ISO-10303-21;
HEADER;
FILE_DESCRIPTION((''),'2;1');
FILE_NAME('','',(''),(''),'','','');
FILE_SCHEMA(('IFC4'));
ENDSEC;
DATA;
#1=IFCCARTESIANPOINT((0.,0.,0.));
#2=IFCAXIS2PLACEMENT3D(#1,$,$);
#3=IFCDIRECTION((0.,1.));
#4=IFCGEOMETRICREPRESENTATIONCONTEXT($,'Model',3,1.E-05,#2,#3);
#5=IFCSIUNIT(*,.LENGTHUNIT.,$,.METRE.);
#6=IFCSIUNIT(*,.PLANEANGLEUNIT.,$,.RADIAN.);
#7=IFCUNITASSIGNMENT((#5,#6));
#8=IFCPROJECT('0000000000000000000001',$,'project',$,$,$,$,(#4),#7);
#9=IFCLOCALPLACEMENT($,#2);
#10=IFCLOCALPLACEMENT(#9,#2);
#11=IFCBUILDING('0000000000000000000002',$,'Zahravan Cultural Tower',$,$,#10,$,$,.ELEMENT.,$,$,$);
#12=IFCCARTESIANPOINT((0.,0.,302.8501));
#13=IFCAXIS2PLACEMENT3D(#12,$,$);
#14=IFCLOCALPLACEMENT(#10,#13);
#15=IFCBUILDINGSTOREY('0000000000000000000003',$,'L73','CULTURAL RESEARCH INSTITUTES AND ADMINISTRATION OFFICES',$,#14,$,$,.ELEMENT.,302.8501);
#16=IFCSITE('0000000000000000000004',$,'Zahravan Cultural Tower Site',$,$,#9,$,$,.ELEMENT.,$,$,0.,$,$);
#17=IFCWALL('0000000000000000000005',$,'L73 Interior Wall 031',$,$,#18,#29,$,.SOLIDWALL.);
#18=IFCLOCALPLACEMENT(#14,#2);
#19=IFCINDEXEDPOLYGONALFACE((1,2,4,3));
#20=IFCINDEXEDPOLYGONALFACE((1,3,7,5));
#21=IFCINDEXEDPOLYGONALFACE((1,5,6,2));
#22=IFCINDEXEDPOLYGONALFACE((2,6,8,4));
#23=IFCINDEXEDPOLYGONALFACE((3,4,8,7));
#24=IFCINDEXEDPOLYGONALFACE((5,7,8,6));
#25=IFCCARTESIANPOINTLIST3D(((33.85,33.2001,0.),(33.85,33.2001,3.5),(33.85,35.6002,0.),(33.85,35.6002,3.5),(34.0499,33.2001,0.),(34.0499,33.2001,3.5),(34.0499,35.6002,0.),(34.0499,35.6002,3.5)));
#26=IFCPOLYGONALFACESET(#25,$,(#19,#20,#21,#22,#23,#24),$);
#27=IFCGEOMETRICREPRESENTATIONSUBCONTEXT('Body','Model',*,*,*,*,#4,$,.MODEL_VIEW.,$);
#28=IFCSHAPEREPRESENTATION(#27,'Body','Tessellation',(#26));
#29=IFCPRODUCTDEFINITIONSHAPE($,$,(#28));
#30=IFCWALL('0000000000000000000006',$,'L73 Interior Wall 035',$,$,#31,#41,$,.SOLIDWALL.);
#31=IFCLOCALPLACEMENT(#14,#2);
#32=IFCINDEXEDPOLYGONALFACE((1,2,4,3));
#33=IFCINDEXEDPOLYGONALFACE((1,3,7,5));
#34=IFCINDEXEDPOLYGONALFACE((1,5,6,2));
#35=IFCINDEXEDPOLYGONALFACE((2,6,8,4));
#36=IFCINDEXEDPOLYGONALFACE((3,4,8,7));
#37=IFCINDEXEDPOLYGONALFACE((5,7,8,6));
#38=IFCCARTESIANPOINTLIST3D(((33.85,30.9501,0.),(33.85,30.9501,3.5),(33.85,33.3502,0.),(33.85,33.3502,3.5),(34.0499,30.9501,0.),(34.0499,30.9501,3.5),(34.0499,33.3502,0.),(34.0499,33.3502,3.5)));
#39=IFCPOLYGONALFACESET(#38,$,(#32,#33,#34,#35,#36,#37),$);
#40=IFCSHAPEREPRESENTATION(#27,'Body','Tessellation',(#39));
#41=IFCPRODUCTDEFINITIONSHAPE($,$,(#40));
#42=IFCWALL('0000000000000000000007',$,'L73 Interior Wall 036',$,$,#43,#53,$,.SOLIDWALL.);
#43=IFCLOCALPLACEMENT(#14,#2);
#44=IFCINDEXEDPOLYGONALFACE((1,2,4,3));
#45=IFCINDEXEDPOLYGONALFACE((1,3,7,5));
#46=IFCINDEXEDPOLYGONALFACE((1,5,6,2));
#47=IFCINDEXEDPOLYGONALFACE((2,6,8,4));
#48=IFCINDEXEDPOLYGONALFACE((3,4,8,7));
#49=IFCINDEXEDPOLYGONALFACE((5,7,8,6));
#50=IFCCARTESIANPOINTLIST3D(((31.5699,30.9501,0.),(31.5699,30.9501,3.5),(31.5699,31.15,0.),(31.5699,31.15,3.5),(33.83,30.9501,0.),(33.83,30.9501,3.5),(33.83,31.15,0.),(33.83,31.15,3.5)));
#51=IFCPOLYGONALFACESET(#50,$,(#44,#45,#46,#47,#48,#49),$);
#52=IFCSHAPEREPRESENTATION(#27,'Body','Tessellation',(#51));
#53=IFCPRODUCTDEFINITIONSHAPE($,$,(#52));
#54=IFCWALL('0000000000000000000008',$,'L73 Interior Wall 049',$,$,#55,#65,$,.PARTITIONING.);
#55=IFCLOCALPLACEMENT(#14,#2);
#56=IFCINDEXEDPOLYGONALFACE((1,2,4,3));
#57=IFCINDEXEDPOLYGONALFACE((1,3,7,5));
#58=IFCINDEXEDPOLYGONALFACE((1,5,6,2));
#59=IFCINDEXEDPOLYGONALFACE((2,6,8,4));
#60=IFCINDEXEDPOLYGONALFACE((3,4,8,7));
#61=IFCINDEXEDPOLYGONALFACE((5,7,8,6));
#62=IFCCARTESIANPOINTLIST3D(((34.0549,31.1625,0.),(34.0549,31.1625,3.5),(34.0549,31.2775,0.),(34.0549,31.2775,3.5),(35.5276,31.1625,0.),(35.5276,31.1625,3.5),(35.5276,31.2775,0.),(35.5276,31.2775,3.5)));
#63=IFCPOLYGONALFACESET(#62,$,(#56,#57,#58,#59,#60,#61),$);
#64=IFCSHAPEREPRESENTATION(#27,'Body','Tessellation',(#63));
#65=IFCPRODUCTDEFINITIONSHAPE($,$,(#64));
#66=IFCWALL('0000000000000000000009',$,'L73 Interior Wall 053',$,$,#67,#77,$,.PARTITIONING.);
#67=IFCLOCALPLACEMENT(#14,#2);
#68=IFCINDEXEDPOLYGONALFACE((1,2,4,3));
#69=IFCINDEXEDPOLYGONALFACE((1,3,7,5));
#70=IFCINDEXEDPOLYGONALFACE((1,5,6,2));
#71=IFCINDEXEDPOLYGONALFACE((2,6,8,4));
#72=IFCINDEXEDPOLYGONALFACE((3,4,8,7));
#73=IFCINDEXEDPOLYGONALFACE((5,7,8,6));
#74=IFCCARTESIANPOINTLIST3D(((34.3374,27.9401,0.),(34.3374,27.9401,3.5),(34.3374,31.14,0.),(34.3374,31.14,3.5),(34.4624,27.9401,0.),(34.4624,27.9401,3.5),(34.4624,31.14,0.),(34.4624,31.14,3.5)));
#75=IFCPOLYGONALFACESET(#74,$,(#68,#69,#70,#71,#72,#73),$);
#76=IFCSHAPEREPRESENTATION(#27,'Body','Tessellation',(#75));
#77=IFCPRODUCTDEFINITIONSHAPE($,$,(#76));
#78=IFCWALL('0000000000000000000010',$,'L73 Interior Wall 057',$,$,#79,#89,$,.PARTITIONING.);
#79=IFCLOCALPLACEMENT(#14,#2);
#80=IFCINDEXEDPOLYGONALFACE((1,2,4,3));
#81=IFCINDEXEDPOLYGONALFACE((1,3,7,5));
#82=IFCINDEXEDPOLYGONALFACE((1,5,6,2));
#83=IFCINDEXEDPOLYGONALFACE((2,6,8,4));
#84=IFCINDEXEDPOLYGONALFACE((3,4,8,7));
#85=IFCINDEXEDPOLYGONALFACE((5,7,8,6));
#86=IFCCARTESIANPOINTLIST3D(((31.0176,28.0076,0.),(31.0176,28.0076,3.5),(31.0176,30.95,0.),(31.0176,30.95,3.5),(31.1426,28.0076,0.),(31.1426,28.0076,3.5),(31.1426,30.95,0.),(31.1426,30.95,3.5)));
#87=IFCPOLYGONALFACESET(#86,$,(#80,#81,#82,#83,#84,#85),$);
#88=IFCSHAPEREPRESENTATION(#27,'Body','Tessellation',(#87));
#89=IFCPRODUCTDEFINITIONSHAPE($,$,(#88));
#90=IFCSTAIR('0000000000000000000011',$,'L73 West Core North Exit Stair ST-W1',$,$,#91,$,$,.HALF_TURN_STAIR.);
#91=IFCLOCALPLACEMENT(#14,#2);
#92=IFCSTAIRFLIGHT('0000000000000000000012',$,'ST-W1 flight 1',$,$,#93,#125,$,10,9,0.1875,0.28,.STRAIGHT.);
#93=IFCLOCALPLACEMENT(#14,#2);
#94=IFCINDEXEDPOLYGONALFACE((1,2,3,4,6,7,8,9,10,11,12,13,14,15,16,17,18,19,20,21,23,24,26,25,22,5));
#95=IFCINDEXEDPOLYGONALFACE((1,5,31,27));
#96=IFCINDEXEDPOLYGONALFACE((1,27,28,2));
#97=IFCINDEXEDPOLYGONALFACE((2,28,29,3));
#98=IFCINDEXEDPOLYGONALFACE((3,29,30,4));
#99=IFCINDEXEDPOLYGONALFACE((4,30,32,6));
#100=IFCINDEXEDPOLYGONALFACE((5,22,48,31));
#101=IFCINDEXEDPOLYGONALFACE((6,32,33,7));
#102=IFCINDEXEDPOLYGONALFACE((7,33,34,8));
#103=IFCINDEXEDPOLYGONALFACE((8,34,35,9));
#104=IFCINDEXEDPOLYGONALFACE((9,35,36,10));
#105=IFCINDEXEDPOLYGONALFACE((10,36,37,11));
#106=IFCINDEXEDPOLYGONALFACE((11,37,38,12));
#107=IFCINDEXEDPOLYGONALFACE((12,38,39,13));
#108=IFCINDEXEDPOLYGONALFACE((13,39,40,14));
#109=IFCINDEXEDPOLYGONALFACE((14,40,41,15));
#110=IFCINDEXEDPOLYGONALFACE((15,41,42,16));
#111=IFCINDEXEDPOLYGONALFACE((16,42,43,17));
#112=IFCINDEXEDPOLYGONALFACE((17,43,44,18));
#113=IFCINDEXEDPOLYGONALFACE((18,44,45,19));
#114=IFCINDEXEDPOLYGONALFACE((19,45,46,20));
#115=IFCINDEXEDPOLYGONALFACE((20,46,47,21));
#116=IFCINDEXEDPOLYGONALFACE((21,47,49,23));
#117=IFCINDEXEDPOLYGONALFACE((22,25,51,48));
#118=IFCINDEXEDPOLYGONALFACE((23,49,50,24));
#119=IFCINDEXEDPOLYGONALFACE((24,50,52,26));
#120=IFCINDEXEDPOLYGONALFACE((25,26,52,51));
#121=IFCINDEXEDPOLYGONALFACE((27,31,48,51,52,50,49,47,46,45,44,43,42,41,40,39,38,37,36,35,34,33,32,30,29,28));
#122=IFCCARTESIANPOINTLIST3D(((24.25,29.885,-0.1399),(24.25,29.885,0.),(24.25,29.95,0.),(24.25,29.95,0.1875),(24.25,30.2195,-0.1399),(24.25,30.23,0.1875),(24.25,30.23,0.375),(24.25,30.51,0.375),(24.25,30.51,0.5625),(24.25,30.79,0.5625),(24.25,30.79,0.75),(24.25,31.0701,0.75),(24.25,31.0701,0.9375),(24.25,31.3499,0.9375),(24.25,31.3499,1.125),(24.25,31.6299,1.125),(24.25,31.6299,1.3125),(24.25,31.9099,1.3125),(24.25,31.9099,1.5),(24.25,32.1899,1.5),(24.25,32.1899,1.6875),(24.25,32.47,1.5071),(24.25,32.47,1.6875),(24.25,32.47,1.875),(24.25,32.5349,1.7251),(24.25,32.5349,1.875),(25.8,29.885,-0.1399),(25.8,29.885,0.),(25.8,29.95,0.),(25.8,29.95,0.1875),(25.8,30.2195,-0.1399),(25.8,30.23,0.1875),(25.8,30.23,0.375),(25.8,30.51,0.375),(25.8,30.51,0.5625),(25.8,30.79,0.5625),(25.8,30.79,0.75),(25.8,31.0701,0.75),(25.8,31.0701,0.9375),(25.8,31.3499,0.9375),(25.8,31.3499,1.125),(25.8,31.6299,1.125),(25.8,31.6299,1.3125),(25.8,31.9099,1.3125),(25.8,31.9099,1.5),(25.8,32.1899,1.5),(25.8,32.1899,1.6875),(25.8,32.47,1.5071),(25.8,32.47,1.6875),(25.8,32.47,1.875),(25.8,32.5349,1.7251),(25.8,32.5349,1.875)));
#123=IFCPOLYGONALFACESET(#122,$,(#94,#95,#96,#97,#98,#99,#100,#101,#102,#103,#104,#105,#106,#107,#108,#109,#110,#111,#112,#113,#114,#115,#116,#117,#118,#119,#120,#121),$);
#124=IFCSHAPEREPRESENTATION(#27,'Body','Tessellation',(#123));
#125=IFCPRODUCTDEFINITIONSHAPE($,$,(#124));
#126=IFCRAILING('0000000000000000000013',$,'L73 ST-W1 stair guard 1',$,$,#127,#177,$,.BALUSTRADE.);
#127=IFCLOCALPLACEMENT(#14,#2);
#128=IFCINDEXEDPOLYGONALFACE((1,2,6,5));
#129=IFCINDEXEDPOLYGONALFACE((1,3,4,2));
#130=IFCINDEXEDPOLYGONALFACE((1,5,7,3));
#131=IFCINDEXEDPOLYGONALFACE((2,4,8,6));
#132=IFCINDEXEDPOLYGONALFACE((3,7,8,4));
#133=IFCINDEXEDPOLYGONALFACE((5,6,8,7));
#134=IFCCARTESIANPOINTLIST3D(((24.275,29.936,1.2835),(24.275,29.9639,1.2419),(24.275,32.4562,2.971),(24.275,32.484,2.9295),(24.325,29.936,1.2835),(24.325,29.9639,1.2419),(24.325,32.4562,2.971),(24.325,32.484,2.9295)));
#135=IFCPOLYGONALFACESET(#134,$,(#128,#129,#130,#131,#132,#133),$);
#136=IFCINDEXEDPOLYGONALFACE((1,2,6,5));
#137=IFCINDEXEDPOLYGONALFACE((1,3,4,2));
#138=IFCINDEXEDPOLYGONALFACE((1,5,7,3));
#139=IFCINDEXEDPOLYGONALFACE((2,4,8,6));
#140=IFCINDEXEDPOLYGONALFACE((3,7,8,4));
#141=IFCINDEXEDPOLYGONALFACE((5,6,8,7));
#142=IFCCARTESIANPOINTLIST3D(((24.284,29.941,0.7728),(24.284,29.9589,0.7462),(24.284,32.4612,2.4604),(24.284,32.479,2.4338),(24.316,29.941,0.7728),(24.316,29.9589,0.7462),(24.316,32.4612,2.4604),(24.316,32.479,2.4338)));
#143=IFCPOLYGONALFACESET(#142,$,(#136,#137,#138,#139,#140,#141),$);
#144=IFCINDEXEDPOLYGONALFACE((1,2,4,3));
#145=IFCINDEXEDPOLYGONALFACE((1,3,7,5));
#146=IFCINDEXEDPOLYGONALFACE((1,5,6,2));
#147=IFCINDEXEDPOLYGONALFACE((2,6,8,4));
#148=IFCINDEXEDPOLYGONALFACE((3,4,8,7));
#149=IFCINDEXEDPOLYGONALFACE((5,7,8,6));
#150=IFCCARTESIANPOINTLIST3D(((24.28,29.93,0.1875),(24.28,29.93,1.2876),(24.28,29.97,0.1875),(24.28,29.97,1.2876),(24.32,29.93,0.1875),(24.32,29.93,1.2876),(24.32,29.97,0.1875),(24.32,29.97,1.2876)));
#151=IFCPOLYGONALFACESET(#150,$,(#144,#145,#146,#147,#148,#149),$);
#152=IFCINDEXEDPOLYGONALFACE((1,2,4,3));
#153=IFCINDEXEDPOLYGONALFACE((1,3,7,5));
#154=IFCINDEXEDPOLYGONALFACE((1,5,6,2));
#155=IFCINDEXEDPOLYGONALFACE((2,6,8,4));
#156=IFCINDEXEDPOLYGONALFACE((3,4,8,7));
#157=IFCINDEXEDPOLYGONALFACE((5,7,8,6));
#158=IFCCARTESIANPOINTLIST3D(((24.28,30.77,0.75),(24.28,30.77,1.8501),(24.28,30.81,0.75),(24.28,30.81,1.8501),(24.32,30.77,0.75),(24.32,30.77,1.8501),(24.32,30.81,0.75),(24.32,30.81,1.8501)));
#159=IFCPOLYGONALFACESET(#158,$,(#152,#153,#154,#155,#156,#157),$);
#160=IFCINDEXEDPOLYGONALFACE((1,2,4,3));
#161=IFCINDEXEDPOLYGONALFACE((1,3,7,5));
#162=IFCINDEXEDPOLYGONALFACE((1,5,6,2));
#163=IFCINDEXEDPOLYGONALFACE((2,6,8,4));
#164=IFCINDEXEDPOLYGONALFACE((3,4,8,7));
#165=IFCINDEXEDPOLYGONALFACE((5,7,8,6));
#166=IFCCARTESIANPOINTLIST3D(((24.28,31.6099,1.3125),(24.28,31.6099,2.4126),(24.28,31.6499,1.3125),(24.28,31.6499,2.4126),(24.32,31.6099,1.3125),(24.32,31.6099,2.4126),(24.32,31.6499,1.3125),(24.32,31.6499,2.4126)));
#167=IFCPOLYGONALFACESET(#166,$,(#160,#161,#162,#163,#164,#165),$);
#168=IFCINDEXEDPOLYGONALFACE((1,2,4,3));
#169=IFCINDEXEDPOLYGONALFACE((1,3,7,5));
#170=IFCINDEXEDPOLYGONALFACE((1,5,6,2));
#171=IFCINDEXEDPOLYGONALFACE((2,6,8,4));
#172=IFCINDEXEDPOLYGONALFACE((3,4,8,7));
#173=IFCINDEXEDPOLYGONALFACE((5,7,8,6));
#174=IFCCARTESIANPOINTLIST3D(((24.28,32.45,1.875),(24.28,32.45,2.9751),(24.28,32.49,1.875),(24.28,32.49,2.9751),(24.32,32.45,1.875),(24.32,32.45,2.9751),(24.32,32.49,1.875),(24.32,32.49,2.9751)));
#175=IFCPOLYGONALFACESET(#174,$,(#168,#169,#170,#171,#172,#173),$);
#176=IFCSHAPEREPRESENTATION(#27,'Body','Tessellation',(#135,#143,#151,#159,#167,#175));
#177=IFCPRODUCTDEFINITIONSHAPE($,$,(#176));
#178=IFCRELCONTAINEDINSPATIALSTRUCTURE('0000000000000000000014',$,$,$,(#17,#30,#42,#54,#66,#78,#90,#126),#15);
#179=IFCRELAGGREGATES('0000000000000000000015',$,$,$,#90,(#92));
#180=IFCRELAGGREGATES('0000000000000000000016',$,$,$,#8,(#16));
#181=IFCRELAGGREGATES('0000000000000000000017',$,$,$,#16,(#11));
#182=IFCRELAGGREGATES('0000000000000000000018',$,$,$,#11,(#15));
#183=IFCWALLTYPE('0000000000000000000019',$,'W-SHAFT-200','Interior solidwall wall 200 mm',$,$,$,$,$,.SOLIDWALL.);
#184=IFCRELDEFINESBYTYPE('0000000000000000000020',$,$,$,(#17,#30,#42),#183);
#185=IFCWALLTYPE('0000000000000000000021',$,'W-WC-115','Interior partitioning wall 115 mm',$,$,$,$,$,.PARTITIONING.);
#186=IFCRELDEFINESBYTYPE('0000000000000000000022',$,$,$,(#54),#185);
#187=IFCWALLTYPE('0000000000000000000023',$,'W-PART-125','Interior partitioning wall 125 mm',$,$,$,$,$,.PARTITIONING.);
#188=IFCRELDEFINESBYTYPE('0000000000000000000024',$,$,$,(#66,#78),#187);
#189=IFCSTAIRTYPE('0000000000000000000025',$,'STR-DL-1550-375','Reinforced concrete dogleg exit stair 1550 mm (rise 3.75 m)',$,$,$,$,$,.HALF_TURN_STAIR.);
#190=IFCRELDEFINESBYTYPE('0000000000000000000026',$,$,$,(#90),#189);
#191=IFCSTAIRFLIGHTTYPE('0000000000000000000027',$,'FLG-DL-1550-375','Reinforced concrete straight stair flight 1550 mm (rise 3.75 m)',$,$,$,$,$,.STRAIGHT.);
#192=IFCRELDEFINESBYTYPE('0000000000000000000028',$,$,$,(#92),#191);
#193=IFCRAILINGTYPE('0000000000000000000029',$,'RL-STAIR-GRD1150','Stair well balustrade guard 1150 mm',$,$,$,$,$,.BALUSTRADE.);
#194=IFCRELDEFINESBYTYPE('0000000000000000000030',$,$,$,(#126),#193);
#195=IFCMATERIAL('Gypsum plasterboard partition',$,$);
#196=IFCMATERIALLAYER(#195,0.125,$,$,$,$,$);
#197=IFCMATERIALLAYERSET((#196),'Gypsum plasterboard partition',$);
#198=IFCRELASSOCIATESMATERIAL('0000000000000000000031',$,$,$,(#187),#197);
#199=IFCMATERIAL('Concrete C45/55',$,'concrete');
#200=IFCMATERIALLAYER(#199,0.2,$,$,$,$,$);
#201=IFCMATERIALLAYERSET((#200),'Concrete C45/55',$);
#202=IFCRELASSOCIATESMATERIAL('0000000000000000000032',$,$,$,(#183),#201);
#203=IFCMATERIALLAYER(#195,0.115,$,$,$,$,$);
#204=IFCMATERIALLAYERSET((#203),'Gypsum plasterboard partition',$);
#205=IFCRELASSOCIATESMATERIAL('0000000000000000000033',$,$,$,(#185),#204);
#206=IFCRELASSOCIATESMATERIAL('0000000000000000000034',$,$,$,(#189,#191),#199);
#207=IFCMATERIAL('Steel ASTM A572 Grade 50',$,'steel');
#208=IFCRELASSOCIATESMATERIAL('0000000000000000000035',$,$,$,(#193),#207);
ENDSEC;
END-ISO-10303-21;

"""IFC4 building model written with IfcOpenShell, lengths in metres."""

from ifc_helpers import new_model, si_unit, direction, frame, frame_2d, origin, origin_2d, place, context, subcontext, project, spatial, polyline, rectangle, outline, extrude, source, transform, mapped, material, layer, layer_set, type_object, element, aggregate, save


model = new_model("IFC4")

# Units and contexts
model_context = context("Model", 3, precision=1e-05, world=origin(), true_north=direction((0.0, 1.0)))
body_context = subcontext(model_context, "Body", "Model", "MODEL_VIEW")
ifc_project = project(units=[si_unit("LENGTHUNIT", "METRE"), si_unit("PLANEANGLEUNIT", "RADIAN")], contexts=[model_context])

# Site, building, storey
site_placement = place(None, origin())
site = spatial("IfcSite", under=ifc_project, at=site_placement, Name="Zahravan Cultural Tower Site", CompositionType="ELEMENT", RefElevation=0.0)
building_placement = place(site_placement, origin())
building = spatial("IfcBuilding", under=site, at=building_placement, Name="Zahravan Cultural Tower", CompositionType="ELEMENT")
storey_placement = place(building_placement, frame((0.0, 0.0, 302.8501)))
storey = spatial("IfcBuildingStorey", under=building, at=storey_placement, Name="L73", Description="CULTURAL RESEARCH INSTITUTES AND ADMINISTRATION OFFICES", CompositionType="ELEMENT", Elevation=302.8501)

# Shared definitions
ifc_material_1 = material(Name="Steel ASTM A572 Grade 50", Category="steel")
ifc_material_2 = material(Name="Gypsum plasterboard partition")
ifc_layer_1 = layer(ifc_material_2, 0.125)
ifc_layer_set_1 = layer_set([ifc_layer_1], Name="Gypsum plasterboard partition")
wall_type_1 = type_object("IfcWallType", Name="W-PART-125", Description="Interior partitioning wall 125 mm", PredefinedType="PARTITIONING", material=ifc_layer_set_1)
ifc_material_3 = material(Name="Concrete C45/55", Category="concrete")
ifc_layer_2 = layer(ifc_material_3, 0.2)
ifc_layer_set_2 = layer_set([ifc_layer_2], Name="Concrete C45/55")
wall_type_2 = type_object("IfcWallType", Name="W-SHAFT-200", Description="Interior solidwall wall 200 mm", PredefinedType="SOLIDWALL", material=ifc_layer_set_2)

# Walls
shared_shape_1 = source(origin(), body_context, "Body", "SweptSolid", [
    extrude(rectangle(XDim=2.4001, YDim=0.2, at=frame_2d((1.2002, 0.0))), origin(), (0.0, 0.0, 1.0), 3.5),
])
for number, where, z_axis, x_axis, name in (
    (1, (33.95, 33.2, 0.0), (0.0, 0.0, 1.0), (0.0, 1.0, 0.0), "L73 Interior Wall 031"),
    (2, (33.95, 30.95, 0.0), (0.0, 0.0, 1.0), (0.0, 1.0, 0.0), "L73 Interior Wall 035"),
):
    element("IfcWall", number, at=place(storey_placement, frame(where, z_axis=z_axis, x_axis=x_axis)), inside=storey, type_object=wall_type_2, Name=name, PredefinedType="SOLIDWALL", context=body_context, shape_type="MappedRepresentation", body=[
        mapped(shared_shape_1, transform((0.0, 0.0, 0.0), x_axis=(1.0, 0.0, 0.0), y_axis=(0.0, 1.0, 0.0), z_axis=(0.0, 0.0, 1.0), scale=1.0)),
    ])
shared_shape_2 = source(origin(), body_context, "Body", "SweptSolid", [
    extrude(rectangle(XDim=2.26, YDim=0.2, at=frame_2d((1.1299, 0.0))), origin(), (0.0, 0.0, 1.0), 3.5),
])
wall_1_placement = place(storey_placement, frame((31.5701, 31.05, 0.0), z_axis=(0.0, 0.0, 1.0), x_axis=(1.0, 0.0, 0.0)))
element("IfcWall", 3, at=wall_1_placement, inside=storey, type_object=wall_type_2, Name="L73 Interior Wall 036", PredefinedType="SOLIDWALL", context=body_context, shape_type="MappedRepresentation", body=[
    mapped(shared_shape_2, transform((0.0, 0.0, 0.0), x_axis=(1.0, 0.0, 0.0), y_axis=(0.0, 1.0, 0.0), z_axis=(0.0, 0.0, 1.0), scale=1.0)),
])
ifc_layer_3 = layer(ifc_material_2, 0.115)
ifc_layer_set_3 = layer_set([ifc_layer_3], Name="Gypsum plasterboard partition")
wall_type_3 = type_object("IfcWallType", Name="W-WC-115", Description="Interior partitioning wall 115 mm", PredefinedType="PARTITIONING", material=ifc_layer_set_3)
shared_shape_3 = source(origin(), body_context, "Body", "SweptSolid", [
    extrude(rectangle(XDim=1.4727, YDim=0.115, at=frame_2d((0.7363, 0.0))), origin(), (0.0, 0.0, 1.0), 3.5),
])
wall_2_placement = place(storey_placement, frame((35.5276, 31.22, 0.0), z_axis=(0.0, 0.0, 1.0), x_axis=(-1.0, 0.0, 0.0)))
element("IfcWall", 4, at=wall_2_placement, inside=storey, type_object=wall_type_3, Name="L73 Interior Wall 049", PredefinedType="PARTITIONING", context=body_context, shape_type="MappedRepresentation", body=[
    mapped(shared_shape_3, transform((0.0, 0.0, 0.0), x_axis=(1.0, 0.0, 0.0), y_axis=(0.0, 1.0, 0.0), z_axis=(0.0, 0.0, 1.0), scale=1.0)),
])
shared_shape_4 = source(origin(), body_context, "Body", "SweptSolid", [
    extrude(rectangle(XDim=3.2, YDim=0.125, at=frame_2d((1.6001, 0.0))), origin(), (0.0, 0.0, 1.0), 3.5),
])
wall_3_placement = place(storey_placement, frame((34.3999, 27.9399, 0.0), z_axis=(0.0, 0.0, 1.0), x_axis=(0.0, 1.0, 0.0)))
element("IfcWall", 5, at=wall_3_placement, inside=storey, type_object=wall_type_1, Name="L73 Interior Wall 053", PredefinedType="PARTITIONING", context=body_context, shape_type="MappedRepresentation", body=[
    mapped(shared_shape_4, transform((0.0, 0.0, 0.0), x_axis=(1.0, 0.0, 0.0), y_axis=(0.0, 1.0, 0.0), z_axis=(0.0, 0.0, 1.0), scale=1.0)),
])
shared_shape_5 = source(origin(), body_context, "Body", "SweptSolid", [
    extrude(rectangle(XDim=2.9424, YDim=0.125, at=frame_2d((1.4712, 0.0))), origin(), (0.0, 0.0, 1.0), 3.5),
])
wall_4_placement = place(storey_placement, frame((31.0801, 28.0076, 0.0), z_axis=(0.0, 0.0, 1.0), x_axis=(0.0, 1.0, 0.0)))
element("IfcWall", 6, at=wall_4_placement, inside=storey, type_object=wall_type_1, Name="L73 Interior Wall 057", PredefinedType="PARTITIONING", context=body_context, shape_type="MappedRepresentation", body=[
    mapped(shared_shape_5, transform((0.0, 0.0, 0.0), x_axis=(1.0, 0.0, 0.0), y_axis=(0.0, 1.0, 0.0), z_axis=(0.0, 0.0, 1.0), scale=1.0)),
])

# Stair, stair flight
stair_type = type_object("IfcStairType", Name="STR-DL-1550-375", Description="Reinforced concrete dogleg exit stair 1550 mm (rise 3.75 m)", PredefinedType="HALF_TURN_STAIR", material=ifc_material_3)
stair_placement = place(storey_placement, origin())
stair = element("IfcStair", 7, at=stair_placement, inside=storey, type_object=stair_type, Name="L73 West Core North Exit Stair ST-W1", PredefinedType="HALF_TURN_STAIR")
stair_flight_type = type_object("IfcStairFlightType", Name="FLG-DL-1550-375", Description="Reinforced concrete straight stair flight 1550 mm (rise 3.75 m)", PredefinedType="STRAIGHT", material=ifc_material_3)
stair_flight_placement = place(storey_placement, frame((25.0249, 29.95, 0.0), z_axis=(0.0, 0.0, 1.0), x_axis=(0.0, 1.0, 0.0)))
stair_flight = element("IfcStairFlight", 8, at=stair_flight_placement, type_object=stair_flight_type, Name="ST-W1 flight 1", NumberOfRisers=10, NumberOfTreads=9, PredefinedType="STRAIGHT", RiserHeight=0.1875, TreadLength=0.28, context=body_context, shape_type="SweptSolid", body=[
    extrude(outline(polyline([(-0.0649, -0.1399), (-0.0649, 0.0), (0.0, 0.0), (0.0, 0.1875), (0.28, 0.1875), (0.28, 0.375), (0.5601, 0.375), (0.5601, 0.5625), (0.8401, 0.5625), (0.8401, 0.75), (1.1201, 0.75), (1.1201, 0.9375), (1.3999, 0.9375), (1.3999, 1.125), (1.6799, 1.125), (1.6799, 1.3125), (1.96, 1.3125), (1.96, 1.5), (2.24, 1.5), (2.24, 1.6875), (2.52, 1.6875), (2.52, 1.875), (2.585, 1.875), (2.585, 1.7251), (2.52, 1.5071), (0.2695, -0.1399), (-0.0649, -0.1399)])), frame((0.0, 0.7749, 0.0), z_axis=(0.0, -1.0, 0.0), x_axis=(1.0, 0.0, 0.0)), (0.0, 0.0, 1.0), 1.55),
])
aggregate(stair, [stair_flight])

# Railing
railing_type_1 = type_object("IfcRailingType", Name="RL-STAIR-GRD1150", Description="Stair well balustrade guard 1150 mm", PredefinedType="BALUSTRADE", material=ifc_material_1)
railing_1_placement = place(storey_placement, frame((24.3, 29.95, 0.1875)))
element("IfcRailing", 9, at=railing_1_placement, inside=storey, type_object=railing_type_1, Name="L73 ST-W1 stair guard 1", PredefinedType="BALUSTRADE", context=body_context, shape_type="SweptSolid", body=[
    extrude(rectangle(XDim=0.05, YDim=0.05, at=origin_2d()), frame((0.0, 0.0, 1.0752), z_axis=(0.0, 0.830909, 0.556408), x_axis=(-1.0, 0.0, 0.0)), (0.0, 0.0, 1.0), 3.033),
    extrude(rectangle(XDim=0.032, YDim=0.032, at=origin_2d()), frame((0.0, 0.0, 0.572), z_axis=(0.0, 0.830909, 0.556408), x_axis=(-1.0, 0.0, 0.0)), (0.0, 0.0, 1.0), 3.033),
    extrude(rectangle(XDim=0.04, YDim=0.04, at=origin_2d()), origin(), (0.0, 0.0, 1.0), 1.1001),
    extrude(rectangle(XDim=0.04, YDim=0.04, at=origin_2d()), frame((0.0, 0.8401, 0.5625)), (0.0, 0.0, 1.0), 1.1001),
    extrude(rectangle(XDim=0.04, YDim=0.04, at=origin_2d()), frame((0.0, 1.6799, 1.125)), (0.0, 0.0, 1.0), 1.1001),
    extrude(rectangle(XDim=0.04, YDim=0.04, at=origin_2d()), frame((0.0, 2.52, 1.6875)), (0.0, 0.0, 1.0), 1.1001),
])

save(model, "model.ifc")
